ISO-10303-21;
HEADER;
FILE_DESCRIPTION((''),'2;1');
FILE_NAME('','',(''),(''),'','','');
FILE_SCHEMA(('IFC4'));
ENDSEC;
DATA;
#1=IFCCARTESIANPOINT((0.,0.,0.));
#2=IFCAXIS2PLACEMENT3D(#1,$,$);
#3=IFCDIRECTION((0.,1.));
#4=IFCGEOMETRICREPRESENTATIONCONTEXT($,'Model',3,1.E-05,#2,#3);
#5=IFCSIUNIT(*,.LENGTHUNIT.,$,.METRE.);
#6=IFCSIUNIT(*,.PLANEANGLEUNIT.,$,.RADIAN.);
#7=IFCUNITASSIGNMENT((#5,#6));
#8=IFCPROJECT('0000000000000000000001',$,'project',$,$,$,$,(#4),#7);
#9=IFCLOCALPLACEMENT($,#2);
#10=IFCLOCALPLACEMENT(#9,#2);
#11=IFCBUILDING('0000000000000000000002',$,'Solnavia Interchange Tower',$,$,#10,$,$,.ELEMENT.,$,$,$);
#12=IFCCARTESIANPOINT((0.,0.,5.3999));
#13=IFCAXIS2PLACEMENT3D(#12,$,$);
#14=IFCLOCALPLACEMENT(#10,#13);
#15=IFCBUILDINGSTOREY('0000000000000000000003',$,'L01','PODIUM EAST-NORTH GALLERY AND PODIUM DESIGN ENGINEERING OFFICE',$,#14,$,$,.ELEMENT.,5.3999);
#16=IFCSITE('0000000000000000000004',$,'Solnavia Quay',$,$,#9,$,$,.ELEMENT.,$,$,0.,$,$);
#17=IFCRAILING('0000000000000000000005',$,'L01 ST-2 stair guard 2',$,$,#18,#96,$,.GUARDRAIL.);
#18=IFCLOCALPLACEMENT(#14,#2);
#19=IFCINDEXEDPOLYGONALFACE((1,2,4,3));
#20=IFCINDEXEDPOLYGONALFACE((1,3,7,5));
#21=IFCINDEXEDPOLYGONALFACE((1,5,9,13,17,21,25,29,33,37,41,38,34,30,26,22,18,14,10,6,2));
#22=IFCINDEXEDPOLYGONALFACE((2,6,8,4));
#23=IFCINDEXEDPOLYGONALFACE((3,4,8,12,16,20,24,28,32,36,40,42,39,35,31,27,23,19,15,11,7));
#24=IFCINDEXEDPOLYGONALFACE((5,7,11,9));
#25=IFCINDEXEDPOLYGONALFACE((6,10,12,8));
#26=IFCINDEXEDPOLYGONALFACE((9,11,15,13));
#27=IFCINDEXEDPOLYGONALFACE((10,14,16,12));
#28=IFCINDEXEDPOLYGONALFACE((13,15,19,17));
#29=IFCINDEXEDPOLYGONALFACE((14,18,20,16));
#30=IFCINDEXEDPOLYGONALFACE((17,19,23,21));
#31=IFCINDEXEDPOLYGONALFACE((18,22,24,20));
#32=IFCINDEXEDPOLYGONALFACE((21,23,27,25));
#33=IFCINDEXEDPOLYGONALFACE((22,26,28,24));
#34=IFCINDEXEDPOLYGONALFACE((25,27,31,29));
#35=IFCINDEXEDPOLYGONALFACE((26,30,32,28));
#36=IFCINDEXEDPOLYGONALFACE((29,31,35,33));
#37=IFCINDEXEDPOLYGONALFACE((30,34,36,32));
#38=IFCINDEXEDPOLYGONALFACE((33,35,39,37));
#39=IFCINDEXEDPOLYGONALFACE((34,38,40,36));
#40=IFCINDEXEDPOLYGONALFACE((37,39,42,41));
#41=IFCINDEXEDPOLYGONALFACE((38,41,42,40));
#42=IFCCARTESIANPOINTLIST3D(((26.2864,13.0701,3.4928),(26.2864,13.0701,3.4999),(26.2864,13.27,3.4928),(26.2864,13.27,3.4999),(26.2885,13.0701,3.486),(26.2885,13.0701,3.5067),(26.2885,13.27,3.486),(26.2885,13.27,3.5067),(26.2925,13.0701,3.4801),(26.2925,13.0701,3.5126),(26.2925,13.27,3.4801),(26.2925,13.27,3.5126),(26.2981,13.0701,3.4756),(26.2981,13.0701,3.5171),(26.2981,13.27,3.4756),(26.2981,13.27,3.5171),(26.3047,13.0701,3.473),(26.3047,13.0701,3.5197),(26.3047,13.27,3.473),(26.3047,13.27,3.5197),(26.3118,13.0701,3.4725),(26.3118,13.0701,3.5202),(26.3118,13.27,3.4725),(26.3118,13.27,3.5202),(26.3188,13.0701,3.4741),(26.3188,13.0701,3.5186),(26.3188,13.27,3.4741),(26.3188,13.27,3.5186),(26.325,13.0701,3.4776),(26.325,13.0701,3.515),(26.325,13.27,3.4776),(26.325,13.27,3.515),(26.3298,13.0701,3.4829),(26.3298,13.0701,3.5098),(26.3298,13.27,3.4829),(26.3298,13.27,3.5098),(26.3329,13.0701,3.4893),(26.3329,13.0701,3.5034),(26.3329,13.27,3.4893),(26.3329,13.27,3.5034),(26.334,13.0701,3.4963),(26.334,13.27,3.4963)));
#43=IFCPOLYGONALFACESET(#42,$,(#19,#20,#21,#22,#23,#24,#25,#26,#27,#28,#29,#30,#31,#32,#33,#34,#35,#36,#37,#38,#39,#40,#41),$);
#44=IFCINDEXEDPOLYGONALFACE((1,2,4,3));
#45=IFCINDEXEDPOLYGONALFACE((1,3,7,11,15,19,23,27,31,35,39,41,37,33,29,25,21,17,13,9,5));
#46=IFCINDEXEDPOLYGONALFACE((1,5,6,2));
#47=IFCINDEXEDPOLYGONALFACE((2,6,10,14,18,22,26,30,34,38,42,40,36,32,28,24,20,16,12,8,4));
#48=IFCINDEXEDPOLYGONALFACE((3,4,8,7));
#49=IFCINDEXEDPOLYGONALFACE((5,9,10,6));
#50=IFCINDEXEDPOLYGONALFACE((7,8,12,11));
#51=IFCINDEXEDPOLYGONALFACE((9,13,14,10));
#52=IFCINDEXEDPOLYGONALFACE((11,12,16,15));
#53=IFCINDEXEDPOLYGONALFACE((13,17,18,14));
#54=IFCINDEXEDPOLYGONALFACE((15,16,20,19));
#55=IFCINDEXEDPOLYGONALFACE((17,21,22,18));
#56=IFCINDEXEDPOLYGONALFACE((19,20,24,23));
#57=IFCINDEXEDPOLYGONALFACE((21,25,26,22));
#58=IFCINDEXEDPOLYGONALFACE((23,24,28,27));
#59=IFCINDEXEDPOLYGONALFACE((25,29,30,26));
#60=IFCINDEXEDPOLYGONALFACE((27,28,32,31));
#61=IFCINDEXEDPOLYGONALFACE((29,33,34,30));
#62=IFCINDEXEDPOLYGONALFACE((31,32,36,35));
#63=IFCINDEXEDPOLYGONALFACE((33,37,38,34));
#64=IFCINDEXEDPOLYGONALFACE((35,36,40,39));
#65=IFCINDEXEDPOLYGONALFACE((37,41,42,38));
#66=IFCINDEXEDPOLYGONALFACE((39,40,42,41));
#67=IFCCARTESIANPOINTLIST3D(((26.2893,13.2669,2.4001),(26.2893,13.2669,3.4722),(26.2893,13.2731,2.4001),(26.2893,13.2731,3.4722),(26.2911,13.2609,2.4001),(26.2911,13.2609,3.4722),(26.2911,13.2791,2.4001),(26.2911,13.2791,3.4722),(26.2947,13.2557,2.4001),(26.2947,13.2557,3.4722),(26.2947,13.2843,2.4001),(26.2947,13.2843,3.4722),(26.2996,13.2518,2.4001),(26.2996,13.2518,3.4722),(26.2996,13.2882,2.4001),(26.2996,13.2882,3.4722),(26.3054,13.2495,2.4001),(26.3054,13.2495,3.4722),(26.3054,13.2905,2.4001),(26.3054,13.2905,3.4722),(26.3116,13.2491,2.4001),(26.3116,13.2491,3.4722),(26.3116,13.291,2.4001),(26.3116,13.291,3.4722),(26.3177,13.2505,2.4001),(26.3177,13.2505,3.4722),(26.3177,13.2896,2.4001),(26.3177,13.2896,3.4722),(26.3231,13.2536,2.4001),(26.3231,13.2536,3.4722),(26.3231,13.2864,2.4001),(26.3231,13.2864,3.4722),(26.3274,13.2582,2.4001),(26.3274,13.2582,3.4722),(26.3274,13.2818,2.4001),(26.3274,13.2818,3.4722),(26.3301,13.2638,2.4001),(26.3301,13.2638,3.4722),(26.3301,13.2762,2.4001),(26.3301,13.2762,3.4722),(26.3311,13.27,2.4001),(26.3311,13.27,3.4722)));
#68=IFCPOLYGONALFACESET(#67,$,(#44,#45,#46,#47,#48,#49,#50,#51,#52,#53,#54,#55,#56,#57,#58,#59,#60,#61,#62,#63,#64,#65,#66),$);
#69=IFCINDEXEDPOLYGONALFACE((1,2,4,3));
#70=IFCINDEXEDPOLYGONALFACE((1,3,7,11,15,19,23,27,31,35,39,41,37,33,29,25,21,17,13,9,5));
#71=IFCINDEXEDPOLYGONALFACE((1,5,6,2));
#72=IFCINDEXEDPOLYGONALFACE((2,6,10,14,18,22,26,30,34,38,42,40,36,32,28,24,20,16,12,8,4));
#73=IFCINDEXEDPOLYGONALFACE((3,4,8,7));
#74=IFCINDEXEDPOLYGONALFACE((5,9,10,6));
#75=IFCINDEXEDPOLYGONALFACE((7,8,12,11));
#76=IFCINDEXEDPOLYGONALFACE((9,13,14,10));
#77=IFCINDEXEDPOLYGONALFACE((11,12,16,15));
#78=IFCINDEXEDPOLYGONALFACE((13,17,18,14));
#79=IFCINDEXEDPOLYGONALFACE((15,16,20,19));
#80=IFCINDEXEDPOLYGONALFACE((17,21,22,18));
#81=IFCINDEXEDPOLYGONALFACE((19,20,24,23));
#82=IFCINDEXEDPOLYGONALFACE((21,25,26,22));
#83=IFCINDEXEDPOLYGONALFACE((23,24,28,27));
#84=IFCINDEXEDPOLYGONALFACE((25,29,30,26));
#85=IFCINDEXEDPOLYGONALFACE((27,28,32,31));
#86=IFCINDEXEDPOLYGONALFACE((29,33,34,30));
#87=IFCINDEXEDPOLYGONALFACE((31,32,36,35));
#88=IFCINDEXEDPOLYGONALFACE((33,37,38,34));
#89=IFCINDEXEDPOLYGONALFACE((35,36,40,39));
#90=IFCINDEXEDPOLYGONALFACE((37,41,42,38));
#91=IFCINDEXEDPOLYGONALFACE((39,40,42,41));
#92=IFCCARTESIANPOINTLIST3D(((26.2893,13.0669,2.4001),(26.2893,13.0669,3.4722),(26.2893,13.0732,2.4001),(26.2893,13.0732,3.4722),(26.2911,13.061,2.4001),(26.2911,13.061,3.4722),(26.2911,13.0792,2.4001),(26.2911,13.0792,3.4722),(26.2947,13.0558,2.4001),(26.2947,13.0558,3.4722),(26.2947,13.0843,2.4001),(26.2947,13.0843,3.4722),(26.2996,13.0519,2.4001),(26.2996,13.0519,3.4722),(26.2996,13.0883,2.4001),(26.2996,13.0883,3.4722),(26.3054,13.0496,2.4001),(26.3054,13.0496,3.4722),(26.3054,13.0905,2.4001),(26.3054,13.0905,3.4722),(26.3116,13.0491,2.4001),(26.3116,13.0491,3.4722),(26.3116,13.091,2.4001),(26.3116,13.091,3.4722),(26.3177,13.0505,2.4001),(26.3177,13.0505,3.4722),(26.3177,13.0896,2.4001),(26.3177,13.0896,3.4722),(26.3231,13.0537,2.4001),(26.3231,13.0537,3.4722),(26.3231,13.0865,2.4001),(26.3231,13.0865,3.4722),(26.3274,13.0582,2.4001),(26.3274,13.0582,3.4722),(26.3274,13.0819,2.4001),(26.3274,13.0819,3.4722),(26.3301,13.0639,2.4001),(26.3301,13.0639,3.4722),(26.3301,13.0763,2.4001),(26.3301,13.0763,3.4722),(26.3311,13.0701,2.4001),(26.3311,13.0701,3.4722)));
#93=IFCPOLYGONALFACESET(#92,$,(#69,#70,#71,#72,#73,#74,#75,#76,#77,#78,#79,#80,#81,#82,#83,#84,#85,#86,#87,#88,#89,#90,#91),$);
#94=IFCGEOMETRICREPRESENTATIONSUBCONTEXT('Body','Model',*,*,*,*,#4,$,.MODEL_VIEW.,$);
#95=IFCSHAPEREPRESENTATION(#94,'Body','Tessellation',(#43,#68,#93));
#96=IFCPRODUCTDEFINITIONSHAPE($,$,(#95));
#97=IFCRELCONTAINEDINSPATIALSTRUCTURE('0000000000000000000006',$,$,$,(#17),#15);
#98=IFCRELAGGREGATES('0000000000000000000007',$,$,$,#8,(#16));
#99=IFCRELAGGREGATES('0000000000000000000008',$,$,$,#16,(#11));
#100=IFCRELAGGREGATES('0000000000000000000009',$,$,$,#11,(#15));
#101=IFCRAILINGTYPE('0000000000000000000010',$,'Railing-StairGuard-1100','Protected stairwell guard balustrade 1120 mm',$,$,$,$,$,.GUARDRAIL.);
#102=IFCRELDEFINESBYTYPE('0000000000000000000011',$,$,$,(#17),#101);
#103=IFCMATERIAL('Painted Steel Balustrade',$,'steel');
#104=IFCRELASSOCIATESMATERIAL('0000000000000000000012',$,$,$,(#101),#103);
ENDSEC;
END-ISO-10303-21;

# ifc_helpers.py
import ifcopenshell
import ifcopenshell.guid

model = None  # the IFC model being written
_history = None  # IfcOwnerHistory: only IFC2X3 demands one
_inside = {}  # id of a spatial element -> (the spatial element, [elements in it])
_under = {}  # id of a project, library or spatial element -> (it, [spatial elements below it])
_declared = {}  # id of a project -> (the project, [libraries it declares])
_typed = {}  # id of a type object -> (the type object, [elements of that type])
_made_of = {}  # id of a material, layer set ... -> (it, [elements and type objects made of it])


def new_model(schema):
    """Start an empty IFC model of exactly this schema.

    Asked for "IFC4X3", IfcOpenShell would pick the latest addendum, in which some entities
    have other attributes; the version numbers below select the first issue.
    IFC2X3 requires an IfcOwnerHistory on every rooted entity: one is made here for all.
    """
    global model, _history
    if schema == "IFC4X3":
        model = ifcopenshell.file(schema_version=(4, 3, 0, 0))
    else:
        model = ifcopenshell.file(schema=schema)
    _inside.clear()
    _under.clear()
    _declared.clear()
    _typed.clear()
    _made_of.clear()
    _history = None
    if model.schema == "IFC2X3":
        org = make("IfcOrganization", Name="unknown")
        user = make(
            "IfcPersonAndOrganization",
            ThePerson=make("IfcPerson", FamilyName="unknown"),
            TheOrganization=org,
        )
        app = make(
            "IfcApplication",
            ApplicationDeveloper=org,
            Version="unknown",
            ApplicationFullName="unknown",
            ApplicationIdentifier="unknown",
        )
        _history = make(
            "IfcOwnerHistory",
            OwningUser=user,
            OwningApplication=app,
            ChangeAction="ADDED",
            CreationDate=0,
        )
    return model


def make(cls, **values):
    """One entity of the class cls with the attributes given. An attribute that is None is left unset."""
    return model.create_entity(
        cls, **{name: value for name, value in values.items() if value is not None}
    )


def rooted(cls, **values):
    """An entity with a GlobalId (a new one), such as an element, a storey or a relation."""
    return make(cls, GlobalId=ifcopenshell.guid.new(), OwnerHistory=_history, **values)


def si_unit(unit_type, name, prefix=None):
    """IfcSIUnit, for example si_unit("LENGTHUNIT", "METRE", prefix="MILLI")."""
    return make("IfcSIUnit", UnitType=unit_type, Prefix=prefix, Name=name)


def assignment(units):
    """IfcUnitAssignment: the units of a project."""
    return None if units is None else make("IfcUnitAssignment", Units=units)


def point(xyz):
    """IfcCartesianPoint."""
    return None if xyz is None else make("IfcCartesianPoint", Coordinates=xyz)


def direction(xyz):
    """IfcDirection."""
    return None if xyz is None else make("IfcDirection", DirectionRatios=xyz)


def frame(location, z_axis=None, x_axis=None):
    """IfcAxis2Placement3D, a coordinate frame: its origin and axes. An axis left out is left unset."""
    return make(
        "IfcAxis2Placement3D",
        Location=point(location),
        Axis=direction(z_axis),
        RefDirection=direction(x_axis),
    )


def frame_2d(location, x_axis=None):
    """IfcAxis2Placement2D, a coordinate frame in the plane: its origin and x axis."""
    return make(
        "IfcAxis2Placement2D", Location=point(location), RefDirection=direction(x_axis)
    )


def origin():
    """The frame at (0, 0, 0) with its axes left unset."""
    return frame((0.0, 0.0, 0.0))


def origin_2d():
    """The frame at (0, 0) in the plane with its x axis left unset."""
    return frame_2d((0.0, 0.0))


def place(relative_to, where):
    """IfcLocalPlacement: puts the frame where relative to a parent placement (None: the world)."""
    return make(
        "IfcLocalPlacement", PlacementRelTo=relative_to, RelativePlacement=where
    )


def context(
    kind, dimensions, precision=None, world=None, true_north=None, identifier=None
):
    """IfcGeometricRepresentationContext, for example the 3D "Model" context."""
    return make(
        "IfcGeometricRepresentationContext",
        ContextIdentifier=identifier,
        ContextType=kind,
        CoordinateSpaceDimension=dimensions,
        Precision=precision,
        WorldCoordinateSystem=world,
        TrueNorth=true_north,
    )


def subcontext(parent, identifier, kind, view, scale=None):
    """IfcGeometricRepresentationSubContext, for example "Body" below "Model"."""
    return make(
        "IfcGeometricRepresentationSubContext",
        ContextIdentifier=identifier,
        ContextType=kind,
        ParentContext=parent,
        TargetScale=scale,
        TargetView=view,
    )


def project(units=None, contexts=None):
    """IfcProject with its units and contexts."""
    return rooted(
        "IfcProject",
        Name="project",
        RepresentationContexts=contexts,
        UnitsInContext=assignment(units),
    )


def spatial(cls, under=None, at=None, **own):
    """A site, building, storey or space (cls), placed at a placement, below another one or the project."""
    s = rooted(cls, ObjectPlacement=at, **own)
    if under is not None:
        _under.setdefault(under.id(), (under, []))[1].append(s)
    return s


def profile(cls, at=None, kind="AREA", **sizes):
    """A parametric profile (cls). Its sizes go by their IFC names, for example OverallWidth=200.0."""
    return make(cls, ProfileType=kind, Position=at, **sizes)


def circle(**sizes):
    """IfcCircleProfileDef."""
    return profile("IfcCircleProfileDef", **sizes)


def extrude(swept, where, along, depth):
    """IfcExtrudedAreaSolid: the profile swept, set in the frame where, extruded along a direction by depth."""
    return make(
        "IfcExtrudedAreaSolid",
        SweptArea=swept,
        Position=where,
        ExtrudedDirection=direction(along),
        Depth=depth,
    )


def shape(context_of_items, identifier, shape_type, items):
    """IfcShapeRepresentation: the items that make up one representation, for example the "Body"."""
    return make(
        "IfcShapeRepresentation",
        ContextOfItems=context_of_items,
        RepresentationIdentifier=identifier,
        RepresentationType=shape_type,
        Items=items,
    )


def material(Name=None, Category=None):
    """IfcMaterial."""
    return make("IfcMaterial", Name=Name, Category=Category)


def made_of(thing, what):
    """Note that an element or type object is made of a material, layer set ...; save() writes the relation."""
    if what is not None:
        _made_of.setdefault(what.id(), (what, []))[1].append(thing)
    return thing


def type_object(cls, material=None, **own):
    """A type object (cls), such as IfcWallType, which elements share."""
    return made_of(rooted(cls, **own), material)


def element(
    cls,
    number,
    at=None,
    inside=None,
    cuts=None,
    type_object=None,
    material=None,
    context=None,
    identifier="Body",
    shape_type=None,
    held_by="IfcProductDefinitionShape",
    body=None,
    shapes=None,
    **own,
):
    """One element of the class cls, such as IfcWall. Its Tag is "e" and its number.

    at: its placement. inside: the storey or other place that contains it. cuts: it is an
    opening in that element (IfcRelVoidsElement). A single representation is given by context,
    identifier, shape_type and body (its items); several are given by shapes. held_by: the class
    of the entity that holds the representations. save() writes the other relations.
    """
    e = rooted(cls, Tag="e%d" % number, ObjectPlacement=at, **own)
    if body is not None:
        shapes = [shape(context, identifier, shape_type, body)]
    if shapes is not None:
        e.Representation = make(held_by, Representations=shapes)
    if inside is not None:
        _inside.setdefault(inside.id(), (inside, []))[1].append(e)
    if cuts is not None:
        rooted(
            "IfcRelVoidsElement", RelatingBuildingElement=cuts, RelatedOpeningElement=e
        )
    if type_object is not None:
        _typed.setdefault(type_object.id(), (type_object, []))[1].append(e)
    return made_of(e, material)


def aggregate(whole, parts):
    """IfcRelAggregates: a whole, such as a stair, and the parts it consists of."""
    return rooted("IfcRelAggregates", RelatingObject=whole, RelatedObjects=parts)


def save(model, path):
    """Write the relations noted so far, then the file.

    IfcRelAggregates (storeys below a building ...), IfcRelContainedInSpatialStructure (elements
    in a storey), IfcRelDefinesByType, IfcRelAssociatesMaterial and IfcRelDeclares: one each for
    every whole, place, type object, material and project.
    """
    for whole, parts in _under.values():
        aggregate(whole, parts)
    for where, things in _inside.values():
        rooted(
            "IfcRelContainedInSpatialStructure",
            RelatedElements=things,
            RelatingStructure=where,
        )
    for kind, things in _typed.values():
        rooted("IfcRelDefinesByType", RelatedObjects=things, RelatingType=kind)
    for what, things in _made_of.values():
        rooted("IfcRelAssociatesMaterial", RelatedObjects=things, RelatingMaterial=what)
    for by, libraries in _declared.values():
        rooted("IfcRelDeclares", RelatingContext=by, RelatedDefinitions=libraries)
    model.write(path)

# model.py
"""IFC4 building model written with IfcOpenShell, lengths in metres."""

from ifc_helpers import new_model, si_unit, direction, frame, origin, origin_2d, place, context, subcontext, project, spatial, circle, extrude, material, type_object, element, save


model = new_model("IFC4")

# Units and contexts
model_context = context("Model", 3, precision=1e-05, world=origin(), true_north=direction((0.0, 1.0)))
body_context = subcontext(model_context, "Body", "Model", "MODEL_VIEW")
ifc_project = project(units=[si_unit("LENGTHUNIT", "METRE"), si_unit("PLANEANGLEUNIT", "RADIAN")], contexts=[model_context])

# Site, building, storey
site_placement = place(None, origin())
site = spatial("IfcSite", under=ifc_project, at=site_placement, Name="Solnavia Quay", CompositionType="ELEMENT", RefElevation=0.0)
building_placement = place(site_placement, origin())
building = spatial("IfcBuilding", under=site, at=building_placement, Name="Solnavia Interchange Tower", CompositionType="ELEMENT")
storey_placement = place(building_placement, frame((0.0, 0.0, 5.3999)))
storey = spatial("IfcBuildingStorey", under=building, at=storey_placement, Name="L01", Description="PODIUM EAST-NORTH GALLERY AND PODIUM DESIGN ENGINEERING OFFICE", CompositionType="ELEMENT", Elevation=5.3999)

# Railing
ifc_material_1 = material(Name="Painted Steel Balustrade", Category="steel")
railing_type_1 = type_object("IfcRailingType", Name="Railing-StairGuard-1100", Description="Protected stairwell guard balustrade 1120 mm", PredefinedType="GUARDRAIL", material=ifc_material_1)
railing_1_placement = place(storey_placement, frame((26.3101, 13.27, 2.4001)))
element("IfcRailing", 1, at=railing_1_placement, inside=storey, type_object=railing_type_1, Name="L01 ST-2 stair guard 2", PredefinedType="GUARDRAIL", context=body_context, shape_type="SweptSolid", body=[
    extrude(circle(Radius=0.0239, at=origin_2d()), frame((0.0, 0.0, 1.0962), z_axis=(0.0, -1.0, 0.0), x_axis=(1.0, 0.0, 0.0)), (0.0, 0.0, 1.0), 0.2),
    extrude(circle(Radius=0.021, at=origin_2d()), origin(), (0.0, 0.0, 1.0), 1.072),
    extrude(circle(Radius=0.021, at=origin_2d()), frame((0.0, -0.2, 0.0)), (0.0, 0.0, 1.0), 1.072),
])

save(model, "model.ifc")
